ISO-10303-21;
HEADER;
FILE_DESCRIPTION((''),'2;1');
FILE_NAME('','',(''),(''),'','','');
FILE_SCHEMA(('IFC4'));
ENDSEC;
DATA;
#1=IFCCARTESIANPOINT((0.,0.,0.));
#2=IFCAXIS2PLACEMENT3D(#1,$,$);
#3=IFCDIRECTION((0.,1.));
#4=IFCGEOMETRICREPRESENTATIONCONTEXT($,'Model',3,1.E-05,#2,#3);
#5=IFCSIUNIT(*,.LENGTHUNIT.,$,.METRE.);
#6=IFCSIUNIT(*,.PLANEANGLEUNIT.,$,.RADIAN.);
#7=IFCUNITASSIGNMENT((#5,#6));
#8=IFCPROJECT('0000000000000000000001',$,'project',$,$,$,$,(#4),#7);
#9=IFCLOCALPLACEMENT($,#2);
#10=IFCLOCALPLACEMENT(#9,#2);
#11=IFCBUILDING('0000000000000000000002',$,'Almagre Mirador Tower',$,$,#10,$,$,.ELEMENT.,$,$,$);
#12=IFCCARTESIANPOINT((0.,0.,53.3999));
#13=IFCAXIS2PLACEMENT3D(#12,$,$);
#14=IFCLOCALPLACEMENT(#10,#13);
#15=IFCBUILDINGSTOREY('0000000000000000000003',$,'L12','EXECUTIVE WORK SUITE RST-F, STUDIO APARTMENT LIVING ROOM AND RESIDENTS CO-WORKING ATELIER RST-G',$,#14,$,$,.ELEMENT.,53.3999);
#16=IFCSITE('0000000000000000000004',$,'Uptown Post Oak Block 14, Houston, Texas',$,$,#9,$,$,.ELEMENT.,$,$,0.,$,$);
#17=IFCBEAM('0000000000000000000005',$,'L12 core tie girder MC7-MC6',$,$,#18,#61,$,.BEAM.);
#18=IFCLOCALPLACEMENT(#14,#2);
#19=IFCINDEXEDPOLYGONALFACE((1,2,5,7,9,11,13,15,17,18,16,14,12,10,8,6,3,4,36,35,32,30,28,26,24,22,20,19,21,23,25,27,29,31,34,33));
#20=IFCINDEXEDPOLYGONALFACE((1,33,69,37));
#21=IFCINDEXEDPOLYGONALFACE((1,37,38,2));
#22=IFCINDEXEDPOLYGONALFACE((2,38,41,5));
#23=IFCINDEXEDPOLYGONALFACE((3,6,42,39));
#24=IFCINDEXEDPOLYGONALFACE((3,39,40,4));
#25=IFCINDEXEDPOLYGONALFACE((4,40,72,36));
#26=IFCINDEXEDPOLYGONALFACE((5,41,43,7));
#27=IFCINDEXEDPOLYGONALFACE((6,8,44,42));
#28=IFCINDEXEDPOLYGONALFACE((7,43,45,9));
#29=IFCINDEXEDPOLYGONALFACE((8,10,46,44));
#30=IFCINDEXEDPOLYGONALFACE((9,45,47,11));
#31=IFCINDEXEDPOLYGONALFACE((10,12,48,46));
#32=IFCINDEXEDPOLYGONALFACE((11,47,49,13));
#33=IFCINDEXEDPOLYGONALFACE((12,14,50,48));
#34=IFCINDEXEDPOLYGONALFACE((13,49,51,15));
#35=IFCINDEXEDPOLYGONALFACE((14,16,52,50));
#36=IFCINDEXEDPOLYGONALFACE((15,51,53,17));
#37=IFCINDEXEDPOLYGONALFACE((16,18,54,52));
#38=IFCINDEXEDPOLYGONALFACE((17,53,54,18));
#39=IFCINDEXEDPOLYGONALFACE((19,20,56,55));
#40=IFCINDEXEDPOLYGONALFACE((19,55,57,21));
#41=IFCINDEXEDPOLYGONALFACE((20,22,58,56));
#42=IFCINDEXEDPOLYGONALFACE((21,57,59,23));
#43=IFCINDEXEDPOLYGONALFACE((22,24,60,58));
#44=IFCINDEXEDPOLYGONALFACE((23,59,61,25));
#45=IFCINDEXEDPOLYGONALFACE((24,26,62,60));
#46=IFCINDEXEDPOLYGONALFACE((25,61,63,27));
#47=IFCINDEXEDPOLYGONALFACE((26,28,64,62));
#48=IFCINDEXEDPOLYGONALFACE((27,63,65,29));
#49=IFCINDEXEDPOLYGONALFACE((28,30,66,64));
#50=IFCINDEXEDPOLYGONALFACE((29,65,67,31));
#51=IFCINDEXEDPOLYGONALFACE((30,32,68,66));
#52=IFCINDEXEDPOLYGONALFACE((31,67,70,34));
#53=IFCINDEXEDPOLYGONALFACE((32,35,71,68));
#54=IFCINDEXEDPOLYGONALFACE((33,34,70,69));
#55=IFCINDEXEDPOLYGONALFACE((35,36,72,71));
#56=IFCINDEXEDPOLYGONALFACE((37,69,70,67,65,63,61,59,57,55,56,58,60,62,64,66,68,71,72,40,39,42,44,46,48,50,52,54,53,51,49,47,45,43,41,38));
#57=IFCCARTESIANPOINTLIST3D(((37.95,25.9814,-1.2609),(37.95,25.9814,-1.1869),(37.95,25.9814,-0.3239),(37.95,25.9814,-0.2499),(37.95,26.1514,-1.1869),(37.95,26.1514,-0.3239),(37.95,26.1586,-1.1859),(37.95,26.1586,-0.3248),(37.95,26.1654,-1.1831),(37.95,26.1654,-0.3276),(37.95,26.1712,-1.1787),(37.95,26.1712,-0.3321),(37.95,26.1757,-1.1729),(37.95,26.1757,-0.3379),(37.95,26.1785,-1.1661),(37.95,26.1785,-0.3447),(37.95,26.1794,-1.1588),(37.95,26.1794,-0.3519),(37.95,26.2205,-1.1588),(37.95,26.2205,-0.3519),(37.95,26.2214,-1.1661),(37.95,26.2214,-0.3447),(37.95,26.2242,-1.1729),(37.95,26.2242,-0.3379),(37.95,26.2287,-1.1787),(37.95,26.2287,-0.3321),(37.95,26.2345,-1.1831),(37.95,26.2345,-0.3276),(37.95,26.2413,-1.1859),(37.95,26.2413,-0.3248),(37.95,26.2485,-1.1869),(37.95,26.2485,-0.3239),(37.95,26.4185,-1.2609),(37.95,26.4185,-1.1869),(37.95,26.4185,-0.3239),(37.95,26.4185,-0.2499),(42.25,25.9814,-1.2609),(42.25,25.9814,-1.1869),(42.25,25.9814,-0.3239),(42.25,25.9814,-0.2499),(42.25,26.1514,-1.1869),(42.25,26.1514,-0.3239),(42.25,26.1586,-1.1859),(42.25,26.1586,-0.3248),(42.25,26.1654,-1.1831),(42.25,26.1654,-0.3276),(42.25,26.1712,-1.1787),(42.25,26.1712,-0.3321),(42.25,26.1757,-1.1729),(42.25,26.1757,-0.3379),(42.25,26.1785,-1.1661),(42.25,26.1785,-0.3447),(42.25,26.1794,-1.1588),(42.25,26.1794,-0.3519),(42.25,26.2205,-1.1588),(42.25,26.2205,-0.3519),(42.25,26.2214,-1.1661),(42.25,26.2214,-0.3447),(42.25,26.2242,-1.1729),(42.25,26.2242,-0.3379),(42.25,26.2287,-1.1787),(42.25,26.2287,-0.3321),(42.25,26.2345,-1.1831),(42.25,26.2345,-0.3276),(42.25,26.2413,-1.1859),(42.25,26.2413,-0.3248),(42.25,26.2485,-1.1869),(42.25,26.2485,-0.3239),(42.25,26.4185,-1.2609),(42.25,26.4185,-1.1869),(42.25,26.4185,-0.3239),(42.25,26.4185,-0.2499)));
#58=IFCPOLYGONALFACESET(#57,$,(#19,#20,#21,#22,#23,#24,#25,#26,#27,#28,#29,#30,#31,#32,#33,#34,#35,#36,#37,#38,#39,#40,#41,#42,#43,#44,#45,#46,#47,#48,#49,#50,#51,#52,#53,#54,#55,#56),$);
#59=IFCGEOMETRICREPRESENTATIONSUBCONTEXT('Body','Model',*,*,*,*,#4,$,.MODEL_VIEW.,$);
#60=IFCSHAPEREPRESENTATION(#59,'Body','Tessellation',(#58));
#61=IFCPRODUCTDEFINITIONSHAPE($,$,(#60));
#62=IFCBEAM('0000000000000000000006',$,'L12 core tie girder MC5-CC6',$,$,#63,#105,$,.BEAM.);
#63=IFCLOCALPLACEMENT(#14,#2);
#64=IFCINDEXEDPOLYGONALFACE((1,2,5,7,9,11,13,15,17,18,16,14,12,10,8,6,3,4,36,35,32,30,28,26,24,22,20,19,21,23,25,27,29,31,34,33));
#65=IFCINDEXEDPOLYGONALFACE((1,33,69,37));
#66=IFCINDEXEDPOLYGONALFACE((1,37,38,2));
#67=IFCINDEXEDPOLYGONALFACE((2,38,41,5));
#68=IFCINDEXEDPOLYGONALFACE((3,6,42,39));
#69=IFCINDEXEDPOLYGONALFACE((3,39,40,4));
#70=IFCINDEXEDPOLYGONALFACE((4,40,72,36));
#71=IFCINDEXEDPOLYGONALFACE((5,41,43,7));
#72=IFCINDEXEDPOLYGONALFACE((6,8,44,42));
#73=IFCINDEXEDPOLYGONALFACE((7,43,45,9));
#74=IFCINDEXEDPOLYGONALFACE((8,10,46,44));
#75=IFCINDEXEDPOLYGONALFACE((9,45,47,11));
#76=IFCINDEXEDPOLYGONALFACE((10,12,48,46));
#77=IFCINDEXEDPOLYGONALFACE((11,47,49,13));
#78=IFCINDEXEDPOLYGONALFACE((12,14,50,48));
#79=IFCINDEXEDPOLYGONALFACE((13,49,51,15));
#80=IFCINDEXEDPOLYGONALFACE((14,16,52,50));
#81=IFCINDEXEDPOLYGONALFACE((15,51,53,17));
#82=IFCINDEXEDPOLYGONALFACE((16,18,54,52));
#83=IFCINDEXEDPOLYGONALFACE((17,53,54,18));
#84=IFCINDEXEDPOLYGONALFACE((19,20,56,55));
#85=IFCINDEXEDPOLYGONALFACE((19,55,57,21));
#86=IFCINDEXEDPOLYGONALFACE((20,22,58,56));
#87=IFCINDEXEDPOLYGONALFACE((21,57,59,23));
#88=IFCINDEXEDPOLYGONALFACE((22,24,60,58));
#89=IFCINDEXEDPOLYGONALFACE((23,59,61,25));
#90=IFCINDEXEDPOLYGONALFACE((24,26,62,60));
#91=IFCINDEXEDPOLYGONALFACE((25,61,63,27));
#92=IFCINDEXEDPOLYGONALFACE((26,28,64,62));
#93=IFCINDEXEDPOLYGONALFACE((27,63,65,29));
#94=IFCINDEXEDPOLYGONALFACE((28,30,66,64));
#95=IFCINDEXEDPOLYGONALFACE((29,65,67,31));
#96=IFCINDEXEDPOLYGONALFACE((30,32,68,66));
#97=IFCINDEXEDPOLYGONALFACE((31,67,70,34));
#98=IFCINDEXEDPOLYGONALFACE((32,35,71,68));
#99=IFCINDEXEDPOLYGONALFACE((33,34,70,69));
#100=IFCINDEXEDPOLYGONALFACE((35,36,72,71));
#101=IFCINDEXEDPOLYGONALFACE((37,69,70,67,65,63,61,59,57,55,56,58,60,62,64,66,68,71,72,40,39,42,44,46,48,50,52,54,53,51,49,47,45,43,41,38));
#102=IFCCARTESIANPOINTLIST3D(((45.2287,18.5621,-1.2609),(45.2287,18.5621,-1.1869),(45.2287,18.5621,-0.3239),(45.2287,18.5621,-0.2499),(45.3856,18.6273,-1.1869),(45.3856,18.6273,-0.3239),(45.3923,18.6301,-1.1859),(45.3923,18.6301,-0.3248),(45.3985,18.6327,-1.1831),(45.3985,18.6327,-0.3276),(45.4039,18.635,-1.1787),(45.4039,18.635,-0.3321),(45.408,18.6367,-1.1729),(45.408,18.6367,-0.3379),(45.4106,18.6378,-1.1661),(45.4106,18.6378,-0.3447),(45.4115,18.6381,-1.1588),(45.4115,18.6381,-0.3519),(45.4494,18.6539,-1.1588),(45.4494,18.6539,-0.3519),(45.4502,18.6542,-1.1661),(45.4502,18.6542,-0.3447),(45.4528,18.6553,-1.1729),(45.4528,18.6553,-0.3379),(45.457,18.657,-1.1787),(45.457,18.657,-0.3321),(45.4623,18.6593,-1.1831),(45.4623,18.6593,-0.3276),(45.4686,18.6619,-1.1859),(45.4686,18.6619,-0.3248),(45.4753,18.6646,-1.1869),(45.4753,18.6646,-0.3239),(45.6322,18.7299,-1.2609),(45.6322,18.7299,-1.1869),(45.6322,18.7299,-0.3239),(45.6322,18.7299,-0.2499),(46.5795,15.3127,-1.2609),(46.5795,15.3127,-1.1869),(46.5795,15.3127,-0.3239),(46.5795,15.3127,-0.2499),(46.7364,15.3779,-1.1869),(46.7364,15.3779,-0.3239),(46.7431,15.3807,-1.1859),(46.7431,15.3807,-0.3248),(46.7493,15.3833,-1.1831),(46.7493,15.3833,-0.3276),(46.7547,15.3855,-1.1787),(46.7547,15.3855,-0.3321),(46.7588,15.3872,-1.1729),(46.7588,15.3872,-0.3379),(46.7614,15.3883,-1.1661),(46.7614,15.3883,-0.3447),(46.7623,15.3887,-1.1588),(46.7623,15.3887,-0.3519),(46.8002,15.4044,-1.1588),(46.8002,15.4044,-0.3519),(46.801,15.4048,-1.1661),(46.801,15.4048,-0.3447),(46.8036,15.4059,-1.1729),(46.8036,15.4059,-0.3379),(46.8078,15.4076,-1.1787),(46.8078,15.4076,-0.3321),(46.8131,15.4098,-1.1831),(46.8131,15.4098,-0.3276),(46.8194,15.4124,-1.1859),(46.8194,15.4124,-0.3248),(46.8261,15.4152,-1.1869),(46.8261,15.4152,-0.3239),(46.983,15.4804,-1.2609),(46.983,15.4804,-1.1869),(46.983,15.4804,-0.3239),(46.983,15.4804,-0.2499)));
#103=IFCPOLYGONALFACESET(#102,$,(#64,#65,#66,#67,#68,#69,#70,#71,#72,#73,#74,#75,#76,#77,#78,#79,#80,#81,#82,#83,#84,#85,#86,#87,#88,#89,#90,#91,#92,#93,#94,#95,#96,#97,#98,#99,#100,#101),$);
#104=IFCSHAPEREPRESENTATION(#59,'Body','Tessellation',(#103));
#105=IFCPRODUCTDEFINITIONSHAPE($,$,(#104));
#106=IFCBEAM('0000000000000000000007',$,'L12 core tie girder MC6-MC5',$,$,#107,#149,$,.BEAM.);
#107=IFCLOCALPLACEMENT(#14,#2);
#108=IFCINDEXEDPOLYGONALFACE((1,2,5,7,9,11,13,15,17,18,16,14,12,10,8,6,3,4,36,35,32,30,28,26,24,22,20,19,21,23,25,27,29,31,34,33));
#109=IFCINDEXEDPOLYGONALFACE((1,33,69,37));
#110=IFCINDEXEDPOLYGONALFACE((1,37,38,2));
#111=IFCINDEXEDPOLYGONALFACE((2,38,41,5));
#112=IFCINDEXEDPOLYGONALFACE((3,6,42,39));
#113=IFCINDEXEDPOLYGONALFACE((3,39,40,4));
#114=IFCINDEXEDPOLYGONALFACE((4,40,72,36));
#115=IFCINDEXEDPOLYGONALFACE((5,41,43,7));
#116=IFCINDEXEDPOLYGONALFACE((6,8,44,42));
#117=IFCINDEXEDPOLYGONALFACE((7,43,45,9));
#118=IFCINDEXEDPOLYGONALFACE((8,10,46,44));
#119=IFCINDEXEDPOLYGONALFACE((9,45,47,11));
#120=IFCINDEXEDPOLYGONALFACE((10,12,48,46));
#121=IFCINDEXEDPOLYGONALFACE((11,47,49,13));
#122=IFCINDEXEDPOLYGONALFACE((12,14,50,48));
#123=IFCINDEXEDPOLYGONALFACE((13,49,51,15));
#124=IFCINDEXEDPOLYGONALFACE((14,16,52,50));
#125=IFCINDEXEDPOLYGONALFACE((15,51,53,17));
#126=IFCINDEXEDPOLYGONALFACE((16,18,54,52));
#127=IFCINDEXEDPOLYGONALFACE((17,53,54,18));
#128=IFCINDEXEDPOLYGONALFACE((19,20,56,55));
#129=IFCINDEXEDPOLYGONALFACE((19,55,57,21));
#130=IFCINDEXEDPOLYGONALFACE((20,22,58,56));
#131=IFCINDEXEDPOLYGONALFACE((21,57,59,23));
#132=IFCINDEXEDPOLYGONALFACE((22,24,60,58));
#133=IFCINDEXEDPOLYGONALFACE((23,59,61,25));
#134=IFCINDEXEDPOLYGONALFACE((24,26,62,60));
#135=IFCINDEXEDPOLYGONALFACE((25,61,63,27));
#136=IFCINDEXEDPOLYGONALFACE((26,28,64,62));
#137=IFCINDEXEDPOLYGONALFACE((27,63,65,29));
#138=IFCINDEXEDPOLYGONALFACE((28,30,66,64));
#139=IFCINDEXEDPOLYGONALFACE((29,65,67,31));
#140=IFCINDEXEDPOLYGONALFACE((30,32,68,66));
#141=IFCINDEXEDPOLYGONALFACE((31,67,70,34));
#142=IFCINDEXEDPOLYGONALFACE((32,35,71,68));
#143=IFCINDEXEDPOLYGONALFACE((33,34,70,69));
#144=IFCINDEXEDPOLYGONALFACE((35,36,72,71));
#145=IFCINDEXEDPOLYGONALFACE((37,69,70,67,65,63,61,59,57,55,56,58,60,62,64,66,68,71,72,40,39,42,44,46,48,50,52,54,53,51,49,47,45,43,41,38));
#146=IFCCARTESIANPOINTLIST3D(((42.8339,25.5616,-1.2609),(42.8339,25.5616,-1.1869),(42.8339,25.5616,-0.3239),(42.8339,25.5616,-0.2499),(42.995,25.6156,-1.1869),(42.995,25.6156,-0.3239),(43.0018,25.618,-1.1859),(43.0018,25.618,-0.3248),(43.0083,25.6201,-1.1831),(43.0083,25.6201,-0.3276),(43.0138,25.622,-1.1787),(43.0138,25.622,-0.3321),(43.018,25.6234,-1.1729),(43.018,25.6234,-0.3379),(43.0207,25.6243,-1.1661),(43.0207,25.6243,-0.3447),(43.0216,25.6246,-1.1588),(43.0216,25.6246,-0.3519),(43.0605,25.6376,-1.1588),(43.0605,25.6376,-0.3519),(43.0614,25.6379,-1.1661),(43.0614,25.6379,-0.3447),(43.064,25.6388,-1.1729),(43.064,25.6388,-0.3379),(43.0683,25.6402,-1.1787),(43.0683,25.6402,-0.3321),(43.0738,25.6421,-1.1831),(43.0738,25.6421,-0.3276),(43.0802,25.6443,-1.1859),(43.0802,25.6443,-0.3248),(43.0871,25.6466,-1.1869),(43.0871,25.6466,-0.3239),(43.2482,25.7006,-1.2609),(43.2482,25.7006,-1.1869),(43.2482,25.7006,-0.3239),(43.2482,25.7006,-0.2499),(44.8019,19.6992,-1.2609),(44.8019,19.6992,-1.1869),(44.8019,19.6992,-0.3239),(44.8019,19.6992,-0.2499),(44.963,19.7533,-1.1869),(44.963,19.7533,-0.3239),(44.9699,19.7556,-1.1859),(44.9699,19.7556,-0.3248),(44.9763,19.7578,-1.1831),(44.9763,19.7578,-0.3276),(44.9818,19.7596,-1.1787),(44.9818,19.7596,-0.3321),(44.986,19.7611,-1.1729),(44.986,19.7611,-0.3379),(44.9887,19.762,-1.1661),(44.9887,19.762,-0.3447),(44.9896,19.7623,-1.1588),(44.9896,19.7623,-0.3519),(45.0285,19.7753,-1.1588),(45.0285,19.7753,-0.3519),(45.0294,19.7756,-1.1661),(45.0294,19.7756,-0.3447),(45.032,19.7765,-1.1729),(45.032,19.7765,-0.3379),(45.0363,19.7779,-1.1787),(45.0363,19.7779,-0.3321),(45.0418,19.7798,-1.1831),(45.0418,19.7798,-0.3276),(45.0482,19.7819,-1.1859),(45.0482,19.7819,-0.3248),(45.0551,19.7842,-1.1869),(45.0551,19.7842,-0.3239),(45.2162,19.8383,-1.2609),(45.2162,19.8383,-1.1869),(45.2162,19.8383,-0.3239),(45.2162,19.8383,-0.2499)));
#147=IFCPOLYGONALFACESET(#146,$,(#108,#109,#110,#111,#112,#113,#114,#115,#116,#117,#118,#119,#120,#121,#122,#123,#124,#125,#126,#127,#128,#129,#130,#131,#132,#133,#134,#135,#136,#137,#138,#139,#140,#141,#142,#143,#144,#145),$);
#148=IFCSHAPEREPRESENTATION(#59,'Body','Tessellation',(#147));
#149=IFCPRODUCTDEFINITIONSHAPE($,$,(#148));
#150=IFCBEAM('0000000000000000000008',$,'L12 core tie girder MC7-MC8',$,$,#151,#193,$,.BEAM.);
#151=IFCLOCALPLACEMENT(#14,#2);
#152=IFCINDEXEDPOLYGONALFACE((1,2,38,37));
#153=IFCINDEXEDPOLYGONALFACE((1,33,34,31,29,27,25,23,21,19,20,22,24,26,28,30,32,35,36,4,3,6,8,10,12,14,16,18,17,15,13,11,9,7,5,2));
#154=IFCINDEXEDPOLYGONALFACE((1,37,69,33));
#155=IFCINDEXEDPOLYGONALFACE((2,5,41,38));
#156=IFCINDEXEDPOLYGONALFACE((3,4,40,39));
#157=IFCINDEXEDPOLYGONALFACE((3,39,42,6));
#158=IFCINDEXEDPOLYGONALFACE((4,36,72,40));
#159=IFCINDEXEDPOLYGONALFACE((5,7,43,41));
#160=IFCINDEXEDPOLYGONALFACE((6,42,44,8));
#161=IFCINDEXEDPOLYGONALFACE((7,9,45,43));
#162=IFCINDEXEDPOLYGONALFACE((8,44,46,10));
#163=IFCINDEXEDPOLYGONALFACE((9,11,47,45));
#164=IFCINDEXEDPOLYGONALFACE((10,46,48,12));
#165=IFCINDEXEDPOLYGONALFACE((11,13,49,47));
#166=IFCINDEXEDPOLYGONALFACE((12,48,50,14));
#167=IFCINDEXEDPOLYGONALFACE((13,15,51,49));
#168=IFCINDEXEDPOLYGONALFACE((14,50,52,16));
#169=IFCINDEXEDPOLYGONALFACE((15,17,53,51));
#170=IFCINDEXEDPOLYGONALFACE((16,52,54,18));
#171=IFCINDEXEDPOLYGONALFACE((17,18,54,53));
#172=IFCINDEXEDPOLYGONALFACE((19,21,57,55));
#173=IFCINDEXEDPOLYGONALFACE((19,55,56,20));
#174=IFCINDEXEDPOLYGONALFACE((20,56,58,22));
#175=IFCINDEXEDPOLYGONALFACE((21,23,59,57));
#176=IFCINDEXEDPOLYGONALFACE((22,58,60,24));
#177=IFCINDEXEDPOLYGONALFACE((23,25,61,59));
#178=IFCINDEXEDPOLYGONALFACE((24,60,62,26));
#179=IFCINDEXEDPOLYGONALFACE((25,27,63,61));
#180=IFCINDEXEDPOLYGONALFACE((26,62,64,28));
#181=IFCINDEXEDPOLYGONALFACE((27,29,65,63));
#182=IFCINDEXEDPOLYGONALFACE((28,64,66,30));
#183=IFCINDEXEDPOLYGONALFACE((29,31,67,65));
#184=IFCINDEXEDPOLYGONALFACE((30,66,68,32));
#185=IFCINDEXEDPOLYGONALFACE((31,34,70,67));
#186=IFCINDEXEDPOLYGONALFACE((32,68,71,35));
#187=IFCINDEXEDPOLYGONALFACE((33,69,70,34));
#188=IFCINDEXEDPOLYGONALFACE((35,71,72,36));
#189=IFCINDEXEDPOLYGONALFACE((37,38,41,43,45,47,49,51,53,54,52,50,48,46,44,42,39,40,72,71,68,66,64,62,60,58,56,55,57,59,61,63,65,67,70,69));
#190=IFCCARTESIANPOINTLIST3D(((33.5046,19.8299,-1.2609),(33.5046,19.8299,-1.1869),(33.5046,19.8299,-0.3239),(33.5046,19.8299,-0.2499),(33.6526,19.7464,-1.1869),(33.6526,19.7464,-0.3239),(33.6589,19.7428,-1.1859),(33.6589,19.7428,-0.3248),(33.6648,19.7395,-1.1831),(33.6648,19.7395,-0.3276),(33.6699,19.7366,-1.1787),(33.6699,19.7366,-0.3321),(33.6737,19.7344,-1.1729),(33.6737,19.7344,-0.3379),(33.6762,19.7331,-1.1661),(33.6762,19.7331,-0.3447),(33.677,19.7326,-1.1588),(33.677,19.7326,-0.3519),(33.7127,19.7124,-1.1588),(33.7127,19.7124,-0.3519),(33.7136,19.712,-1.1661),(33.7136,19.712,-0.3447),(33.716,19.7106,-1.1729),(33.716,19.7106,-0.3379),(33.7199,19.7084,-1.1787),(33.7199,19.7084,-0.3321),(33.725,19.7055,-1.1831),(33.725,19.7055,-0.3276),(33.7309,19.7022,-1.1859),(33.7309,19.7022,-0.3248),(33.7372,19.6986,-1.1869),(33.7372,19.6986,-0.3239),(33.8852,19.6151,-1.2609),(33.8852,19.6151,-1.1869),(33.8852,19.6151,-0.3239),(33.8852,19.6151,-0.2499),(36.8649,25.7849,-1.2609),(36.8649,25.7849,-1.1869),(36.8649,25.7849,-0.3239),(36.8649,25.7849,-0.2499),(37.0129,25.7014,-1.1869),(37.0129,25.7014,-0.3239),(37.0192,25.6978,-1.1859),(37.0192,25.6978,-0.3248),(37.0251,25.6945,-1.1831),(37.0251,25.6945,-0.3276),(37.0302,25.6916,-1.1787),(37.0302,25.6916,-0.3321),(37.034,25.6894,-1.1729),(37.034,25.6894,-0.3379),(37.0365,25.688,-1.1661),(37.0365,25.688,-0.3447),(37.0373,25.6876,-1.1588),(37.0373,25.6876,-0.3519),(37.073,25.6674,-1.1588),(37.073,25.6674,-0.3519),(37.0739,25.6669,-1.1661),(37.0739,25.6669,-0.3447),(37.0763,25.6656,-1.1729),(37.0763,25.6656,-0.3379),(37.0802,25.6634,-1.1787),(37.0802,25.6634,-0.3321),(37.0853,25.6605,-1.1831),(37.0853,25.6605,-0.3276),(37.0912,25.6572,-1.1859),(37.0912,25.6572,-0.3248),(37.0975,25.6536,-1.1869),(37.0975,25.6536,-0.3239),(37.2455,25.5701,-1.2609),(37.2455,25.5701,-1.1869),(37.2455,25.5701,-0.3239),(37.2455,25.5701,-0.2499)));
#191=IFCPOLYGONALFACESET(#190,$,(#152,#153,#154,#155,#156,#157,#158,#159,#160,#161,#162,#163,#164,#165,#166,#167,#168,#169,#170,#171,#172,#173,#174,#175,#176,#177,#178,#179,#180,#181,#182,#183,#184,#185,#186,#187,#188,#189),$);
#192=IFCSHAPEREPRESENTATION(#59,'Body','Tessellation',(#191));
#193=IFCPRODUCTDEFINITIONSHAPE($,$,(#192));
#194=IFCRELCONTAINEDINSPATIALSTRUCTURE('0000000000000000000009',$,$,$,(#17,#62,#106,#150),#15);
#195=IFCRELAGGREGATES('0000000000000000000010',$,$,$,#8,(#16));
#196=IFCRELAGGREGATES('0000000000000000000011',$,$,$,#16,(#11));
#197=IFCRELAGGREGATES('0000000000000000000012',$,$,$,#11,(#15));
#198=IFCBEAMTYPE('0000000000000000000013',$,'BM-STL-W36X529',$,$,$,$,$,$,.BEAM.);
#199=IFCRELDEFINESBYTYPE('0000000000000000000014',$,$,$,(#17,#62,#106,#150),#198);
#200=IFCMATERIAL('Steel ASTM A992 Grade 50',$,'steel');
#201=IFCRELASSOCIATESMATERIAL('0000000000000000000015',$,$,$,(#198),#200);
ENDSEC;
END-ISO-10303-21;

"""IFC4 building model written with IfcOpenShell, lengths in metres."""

from ifc_helpers import new_model, si_unit, direction, frame, origin, origin_2d, place, context, subcontext, project, spatial, i_section, extrude, material, material_profile, profile_set, type_object, element, save


model = new_model("IFC4")

# Units and contexts
model_context = context("Model", 3, precision=1e-05, world=origin(), true_north=direction((0.0, 1.0)))
body_context = subcontext(model_context, "Body", "Model", "MODEL_VIEW")
ifc_project = project(units=[si_unit("LENGTHUNIT", "METRE"), si_unit("PLANEANGLEUNIT", "RADIAN")], contexts=[model_context])

# Site, building, storey
site_placement = place(None, origin())
site = spatial("IfcSite", under=ifc_project, at=site_placement, Name="Uptown Post Oak Block 14, Houston, Texas", CompositionType="ELEMENT", RefElevation=0.0)
building_placement = place(site_placement, origin())
building = spatial("IfcBuilding", under=site, at=building_placement, Name="Almagre Mirador Tower", CompositionType="ELEMENT")
storey_placement = place(building_placement, frame((0.0, 0.0, 53.3999)))
storey = spatial("IfcBuildingStorey", under=building, at=storey_placement, Name="L12", Description="EXECUTIVE WORK SUITE RST-F, STUDIO APARTMENT LIVING ROOM AND RESIDENTS CO-WORKING ATELIER RST-G", CompositionType="ELEMENT", Elevation=53.3999)

# Beams
ifc_material_1 = material(Name="Steel ASTM A992 Grade 50", Category="steel")
ifc_material_profile_1 = material_profile(ifc_material_1, i_section(OverallWidth=0.437, OverallDepth=1.011, WebThickness=0.041, FlangeThickness=0.074, FilletRadius=0.0281, at=origin_2d()), Name="W36X529")
ifc_profile_set_1 = profile_set([ifc_material_profile_1], Name="Steel ASTM A992 Grade 50")
beam_type_1 = type_object("IfcBeamType", Name="BM-STL-W36X529", PredefinedType="BEAM", material=ifc_profile_set_1)
beam_1_placement = place(storey_placement, frame((37.95, 26.2, -0.7554), z_axis=(1.0, 0.0, 0.0), x_axis=(0.0, 1.0, 0.0)))
element("IfcBeam", 1, at=beam_1_placement, inside=storey, type_object=beam_type_1, Name="L12 core tie girder MC7-MC6", PredefinedType="BEAM", context=body_context, shape_type="SweptSolid", body=[
    extrude(i_section(OverallWidth=0.437, OverallDepth=1.011, WebThickness=0.041, FlangeThickness=0.074, FilletRadius=0.0281, at=origin_2d()), origin(), (0.0, 0.0, 1.0), 4.3),
])
beam_2_placement = place(storey_placement, frame((45.4304, 18.646, -0.7554), z_axis=(0.383857, -0.923393, 0.0), x_axis=(0.923393, 0.383857, 0.0)))
element("IfcBeam", 2, at=beam_2_placement, inside=storey, type_object=beam_type_1, Name="L12 core tie girder MC5-CC6", PredefinedType="BEAM", context=body_context, shape_type="SweptSolid", body=[
    extrude(i_section(OverallWidth=0.437, OverallDepth=1.011, WebThickness=0.041, FlangeThickness=0.074, FilletRadius=0.0281, at=origin_2d()), origin(), (0.0, 0.0, 1.0), 3.519),
])
beam_3_placement = place(storey_placement, frame((43.041, 25.6311, -0.7554), z_axis=(0.318252, -0.948006, 0.0), x_axis=(0.948006, 0.318252, 0.0)))
element("IfcBeam", 3, at=beam_3_placement, inside=storey, type_object=beam_type_1, Name="L12 core tie girder MC6-MC5", PredefinedType="BEAM", context=body_context, shape_type="SweptSolid", body=[
    extrude(i_section(OverallWidth=0.437, OverallDepth=1.011, WebThickness=0.041, FlangeThickness=0.074, FilletRadius=0.0281, at=origin_2d()), origin(), (0.0, 0.0, 1.0), 6.1838),
])
beam_4_placement = place(storey_placement, frame((37.0552, 25.6775, -0.7554), z_axis=(-0.491441, -0.870911, 0.0), x_axis=(0.870911, -0.491441, 0.0)))
element("IfcBeam", 4, at=beam_4_placement, inside=storey, type_object=beam_type_1, Name="L12 core tie girder MC7-MC8", PredefinedType="BEAM", context=body_context, shape_type="SweptSolid", body=[
    extrude(i_section(OverallWidth=0.437, OverallDepth=1.011, WebThickness=0.041, FlangeThickness=0.074, FilletRadius=0.0281, at=origin_2d()), origin(), (0.0, 0.0, 1.0), 6.8376),
])

save(model, "model.ifc")
